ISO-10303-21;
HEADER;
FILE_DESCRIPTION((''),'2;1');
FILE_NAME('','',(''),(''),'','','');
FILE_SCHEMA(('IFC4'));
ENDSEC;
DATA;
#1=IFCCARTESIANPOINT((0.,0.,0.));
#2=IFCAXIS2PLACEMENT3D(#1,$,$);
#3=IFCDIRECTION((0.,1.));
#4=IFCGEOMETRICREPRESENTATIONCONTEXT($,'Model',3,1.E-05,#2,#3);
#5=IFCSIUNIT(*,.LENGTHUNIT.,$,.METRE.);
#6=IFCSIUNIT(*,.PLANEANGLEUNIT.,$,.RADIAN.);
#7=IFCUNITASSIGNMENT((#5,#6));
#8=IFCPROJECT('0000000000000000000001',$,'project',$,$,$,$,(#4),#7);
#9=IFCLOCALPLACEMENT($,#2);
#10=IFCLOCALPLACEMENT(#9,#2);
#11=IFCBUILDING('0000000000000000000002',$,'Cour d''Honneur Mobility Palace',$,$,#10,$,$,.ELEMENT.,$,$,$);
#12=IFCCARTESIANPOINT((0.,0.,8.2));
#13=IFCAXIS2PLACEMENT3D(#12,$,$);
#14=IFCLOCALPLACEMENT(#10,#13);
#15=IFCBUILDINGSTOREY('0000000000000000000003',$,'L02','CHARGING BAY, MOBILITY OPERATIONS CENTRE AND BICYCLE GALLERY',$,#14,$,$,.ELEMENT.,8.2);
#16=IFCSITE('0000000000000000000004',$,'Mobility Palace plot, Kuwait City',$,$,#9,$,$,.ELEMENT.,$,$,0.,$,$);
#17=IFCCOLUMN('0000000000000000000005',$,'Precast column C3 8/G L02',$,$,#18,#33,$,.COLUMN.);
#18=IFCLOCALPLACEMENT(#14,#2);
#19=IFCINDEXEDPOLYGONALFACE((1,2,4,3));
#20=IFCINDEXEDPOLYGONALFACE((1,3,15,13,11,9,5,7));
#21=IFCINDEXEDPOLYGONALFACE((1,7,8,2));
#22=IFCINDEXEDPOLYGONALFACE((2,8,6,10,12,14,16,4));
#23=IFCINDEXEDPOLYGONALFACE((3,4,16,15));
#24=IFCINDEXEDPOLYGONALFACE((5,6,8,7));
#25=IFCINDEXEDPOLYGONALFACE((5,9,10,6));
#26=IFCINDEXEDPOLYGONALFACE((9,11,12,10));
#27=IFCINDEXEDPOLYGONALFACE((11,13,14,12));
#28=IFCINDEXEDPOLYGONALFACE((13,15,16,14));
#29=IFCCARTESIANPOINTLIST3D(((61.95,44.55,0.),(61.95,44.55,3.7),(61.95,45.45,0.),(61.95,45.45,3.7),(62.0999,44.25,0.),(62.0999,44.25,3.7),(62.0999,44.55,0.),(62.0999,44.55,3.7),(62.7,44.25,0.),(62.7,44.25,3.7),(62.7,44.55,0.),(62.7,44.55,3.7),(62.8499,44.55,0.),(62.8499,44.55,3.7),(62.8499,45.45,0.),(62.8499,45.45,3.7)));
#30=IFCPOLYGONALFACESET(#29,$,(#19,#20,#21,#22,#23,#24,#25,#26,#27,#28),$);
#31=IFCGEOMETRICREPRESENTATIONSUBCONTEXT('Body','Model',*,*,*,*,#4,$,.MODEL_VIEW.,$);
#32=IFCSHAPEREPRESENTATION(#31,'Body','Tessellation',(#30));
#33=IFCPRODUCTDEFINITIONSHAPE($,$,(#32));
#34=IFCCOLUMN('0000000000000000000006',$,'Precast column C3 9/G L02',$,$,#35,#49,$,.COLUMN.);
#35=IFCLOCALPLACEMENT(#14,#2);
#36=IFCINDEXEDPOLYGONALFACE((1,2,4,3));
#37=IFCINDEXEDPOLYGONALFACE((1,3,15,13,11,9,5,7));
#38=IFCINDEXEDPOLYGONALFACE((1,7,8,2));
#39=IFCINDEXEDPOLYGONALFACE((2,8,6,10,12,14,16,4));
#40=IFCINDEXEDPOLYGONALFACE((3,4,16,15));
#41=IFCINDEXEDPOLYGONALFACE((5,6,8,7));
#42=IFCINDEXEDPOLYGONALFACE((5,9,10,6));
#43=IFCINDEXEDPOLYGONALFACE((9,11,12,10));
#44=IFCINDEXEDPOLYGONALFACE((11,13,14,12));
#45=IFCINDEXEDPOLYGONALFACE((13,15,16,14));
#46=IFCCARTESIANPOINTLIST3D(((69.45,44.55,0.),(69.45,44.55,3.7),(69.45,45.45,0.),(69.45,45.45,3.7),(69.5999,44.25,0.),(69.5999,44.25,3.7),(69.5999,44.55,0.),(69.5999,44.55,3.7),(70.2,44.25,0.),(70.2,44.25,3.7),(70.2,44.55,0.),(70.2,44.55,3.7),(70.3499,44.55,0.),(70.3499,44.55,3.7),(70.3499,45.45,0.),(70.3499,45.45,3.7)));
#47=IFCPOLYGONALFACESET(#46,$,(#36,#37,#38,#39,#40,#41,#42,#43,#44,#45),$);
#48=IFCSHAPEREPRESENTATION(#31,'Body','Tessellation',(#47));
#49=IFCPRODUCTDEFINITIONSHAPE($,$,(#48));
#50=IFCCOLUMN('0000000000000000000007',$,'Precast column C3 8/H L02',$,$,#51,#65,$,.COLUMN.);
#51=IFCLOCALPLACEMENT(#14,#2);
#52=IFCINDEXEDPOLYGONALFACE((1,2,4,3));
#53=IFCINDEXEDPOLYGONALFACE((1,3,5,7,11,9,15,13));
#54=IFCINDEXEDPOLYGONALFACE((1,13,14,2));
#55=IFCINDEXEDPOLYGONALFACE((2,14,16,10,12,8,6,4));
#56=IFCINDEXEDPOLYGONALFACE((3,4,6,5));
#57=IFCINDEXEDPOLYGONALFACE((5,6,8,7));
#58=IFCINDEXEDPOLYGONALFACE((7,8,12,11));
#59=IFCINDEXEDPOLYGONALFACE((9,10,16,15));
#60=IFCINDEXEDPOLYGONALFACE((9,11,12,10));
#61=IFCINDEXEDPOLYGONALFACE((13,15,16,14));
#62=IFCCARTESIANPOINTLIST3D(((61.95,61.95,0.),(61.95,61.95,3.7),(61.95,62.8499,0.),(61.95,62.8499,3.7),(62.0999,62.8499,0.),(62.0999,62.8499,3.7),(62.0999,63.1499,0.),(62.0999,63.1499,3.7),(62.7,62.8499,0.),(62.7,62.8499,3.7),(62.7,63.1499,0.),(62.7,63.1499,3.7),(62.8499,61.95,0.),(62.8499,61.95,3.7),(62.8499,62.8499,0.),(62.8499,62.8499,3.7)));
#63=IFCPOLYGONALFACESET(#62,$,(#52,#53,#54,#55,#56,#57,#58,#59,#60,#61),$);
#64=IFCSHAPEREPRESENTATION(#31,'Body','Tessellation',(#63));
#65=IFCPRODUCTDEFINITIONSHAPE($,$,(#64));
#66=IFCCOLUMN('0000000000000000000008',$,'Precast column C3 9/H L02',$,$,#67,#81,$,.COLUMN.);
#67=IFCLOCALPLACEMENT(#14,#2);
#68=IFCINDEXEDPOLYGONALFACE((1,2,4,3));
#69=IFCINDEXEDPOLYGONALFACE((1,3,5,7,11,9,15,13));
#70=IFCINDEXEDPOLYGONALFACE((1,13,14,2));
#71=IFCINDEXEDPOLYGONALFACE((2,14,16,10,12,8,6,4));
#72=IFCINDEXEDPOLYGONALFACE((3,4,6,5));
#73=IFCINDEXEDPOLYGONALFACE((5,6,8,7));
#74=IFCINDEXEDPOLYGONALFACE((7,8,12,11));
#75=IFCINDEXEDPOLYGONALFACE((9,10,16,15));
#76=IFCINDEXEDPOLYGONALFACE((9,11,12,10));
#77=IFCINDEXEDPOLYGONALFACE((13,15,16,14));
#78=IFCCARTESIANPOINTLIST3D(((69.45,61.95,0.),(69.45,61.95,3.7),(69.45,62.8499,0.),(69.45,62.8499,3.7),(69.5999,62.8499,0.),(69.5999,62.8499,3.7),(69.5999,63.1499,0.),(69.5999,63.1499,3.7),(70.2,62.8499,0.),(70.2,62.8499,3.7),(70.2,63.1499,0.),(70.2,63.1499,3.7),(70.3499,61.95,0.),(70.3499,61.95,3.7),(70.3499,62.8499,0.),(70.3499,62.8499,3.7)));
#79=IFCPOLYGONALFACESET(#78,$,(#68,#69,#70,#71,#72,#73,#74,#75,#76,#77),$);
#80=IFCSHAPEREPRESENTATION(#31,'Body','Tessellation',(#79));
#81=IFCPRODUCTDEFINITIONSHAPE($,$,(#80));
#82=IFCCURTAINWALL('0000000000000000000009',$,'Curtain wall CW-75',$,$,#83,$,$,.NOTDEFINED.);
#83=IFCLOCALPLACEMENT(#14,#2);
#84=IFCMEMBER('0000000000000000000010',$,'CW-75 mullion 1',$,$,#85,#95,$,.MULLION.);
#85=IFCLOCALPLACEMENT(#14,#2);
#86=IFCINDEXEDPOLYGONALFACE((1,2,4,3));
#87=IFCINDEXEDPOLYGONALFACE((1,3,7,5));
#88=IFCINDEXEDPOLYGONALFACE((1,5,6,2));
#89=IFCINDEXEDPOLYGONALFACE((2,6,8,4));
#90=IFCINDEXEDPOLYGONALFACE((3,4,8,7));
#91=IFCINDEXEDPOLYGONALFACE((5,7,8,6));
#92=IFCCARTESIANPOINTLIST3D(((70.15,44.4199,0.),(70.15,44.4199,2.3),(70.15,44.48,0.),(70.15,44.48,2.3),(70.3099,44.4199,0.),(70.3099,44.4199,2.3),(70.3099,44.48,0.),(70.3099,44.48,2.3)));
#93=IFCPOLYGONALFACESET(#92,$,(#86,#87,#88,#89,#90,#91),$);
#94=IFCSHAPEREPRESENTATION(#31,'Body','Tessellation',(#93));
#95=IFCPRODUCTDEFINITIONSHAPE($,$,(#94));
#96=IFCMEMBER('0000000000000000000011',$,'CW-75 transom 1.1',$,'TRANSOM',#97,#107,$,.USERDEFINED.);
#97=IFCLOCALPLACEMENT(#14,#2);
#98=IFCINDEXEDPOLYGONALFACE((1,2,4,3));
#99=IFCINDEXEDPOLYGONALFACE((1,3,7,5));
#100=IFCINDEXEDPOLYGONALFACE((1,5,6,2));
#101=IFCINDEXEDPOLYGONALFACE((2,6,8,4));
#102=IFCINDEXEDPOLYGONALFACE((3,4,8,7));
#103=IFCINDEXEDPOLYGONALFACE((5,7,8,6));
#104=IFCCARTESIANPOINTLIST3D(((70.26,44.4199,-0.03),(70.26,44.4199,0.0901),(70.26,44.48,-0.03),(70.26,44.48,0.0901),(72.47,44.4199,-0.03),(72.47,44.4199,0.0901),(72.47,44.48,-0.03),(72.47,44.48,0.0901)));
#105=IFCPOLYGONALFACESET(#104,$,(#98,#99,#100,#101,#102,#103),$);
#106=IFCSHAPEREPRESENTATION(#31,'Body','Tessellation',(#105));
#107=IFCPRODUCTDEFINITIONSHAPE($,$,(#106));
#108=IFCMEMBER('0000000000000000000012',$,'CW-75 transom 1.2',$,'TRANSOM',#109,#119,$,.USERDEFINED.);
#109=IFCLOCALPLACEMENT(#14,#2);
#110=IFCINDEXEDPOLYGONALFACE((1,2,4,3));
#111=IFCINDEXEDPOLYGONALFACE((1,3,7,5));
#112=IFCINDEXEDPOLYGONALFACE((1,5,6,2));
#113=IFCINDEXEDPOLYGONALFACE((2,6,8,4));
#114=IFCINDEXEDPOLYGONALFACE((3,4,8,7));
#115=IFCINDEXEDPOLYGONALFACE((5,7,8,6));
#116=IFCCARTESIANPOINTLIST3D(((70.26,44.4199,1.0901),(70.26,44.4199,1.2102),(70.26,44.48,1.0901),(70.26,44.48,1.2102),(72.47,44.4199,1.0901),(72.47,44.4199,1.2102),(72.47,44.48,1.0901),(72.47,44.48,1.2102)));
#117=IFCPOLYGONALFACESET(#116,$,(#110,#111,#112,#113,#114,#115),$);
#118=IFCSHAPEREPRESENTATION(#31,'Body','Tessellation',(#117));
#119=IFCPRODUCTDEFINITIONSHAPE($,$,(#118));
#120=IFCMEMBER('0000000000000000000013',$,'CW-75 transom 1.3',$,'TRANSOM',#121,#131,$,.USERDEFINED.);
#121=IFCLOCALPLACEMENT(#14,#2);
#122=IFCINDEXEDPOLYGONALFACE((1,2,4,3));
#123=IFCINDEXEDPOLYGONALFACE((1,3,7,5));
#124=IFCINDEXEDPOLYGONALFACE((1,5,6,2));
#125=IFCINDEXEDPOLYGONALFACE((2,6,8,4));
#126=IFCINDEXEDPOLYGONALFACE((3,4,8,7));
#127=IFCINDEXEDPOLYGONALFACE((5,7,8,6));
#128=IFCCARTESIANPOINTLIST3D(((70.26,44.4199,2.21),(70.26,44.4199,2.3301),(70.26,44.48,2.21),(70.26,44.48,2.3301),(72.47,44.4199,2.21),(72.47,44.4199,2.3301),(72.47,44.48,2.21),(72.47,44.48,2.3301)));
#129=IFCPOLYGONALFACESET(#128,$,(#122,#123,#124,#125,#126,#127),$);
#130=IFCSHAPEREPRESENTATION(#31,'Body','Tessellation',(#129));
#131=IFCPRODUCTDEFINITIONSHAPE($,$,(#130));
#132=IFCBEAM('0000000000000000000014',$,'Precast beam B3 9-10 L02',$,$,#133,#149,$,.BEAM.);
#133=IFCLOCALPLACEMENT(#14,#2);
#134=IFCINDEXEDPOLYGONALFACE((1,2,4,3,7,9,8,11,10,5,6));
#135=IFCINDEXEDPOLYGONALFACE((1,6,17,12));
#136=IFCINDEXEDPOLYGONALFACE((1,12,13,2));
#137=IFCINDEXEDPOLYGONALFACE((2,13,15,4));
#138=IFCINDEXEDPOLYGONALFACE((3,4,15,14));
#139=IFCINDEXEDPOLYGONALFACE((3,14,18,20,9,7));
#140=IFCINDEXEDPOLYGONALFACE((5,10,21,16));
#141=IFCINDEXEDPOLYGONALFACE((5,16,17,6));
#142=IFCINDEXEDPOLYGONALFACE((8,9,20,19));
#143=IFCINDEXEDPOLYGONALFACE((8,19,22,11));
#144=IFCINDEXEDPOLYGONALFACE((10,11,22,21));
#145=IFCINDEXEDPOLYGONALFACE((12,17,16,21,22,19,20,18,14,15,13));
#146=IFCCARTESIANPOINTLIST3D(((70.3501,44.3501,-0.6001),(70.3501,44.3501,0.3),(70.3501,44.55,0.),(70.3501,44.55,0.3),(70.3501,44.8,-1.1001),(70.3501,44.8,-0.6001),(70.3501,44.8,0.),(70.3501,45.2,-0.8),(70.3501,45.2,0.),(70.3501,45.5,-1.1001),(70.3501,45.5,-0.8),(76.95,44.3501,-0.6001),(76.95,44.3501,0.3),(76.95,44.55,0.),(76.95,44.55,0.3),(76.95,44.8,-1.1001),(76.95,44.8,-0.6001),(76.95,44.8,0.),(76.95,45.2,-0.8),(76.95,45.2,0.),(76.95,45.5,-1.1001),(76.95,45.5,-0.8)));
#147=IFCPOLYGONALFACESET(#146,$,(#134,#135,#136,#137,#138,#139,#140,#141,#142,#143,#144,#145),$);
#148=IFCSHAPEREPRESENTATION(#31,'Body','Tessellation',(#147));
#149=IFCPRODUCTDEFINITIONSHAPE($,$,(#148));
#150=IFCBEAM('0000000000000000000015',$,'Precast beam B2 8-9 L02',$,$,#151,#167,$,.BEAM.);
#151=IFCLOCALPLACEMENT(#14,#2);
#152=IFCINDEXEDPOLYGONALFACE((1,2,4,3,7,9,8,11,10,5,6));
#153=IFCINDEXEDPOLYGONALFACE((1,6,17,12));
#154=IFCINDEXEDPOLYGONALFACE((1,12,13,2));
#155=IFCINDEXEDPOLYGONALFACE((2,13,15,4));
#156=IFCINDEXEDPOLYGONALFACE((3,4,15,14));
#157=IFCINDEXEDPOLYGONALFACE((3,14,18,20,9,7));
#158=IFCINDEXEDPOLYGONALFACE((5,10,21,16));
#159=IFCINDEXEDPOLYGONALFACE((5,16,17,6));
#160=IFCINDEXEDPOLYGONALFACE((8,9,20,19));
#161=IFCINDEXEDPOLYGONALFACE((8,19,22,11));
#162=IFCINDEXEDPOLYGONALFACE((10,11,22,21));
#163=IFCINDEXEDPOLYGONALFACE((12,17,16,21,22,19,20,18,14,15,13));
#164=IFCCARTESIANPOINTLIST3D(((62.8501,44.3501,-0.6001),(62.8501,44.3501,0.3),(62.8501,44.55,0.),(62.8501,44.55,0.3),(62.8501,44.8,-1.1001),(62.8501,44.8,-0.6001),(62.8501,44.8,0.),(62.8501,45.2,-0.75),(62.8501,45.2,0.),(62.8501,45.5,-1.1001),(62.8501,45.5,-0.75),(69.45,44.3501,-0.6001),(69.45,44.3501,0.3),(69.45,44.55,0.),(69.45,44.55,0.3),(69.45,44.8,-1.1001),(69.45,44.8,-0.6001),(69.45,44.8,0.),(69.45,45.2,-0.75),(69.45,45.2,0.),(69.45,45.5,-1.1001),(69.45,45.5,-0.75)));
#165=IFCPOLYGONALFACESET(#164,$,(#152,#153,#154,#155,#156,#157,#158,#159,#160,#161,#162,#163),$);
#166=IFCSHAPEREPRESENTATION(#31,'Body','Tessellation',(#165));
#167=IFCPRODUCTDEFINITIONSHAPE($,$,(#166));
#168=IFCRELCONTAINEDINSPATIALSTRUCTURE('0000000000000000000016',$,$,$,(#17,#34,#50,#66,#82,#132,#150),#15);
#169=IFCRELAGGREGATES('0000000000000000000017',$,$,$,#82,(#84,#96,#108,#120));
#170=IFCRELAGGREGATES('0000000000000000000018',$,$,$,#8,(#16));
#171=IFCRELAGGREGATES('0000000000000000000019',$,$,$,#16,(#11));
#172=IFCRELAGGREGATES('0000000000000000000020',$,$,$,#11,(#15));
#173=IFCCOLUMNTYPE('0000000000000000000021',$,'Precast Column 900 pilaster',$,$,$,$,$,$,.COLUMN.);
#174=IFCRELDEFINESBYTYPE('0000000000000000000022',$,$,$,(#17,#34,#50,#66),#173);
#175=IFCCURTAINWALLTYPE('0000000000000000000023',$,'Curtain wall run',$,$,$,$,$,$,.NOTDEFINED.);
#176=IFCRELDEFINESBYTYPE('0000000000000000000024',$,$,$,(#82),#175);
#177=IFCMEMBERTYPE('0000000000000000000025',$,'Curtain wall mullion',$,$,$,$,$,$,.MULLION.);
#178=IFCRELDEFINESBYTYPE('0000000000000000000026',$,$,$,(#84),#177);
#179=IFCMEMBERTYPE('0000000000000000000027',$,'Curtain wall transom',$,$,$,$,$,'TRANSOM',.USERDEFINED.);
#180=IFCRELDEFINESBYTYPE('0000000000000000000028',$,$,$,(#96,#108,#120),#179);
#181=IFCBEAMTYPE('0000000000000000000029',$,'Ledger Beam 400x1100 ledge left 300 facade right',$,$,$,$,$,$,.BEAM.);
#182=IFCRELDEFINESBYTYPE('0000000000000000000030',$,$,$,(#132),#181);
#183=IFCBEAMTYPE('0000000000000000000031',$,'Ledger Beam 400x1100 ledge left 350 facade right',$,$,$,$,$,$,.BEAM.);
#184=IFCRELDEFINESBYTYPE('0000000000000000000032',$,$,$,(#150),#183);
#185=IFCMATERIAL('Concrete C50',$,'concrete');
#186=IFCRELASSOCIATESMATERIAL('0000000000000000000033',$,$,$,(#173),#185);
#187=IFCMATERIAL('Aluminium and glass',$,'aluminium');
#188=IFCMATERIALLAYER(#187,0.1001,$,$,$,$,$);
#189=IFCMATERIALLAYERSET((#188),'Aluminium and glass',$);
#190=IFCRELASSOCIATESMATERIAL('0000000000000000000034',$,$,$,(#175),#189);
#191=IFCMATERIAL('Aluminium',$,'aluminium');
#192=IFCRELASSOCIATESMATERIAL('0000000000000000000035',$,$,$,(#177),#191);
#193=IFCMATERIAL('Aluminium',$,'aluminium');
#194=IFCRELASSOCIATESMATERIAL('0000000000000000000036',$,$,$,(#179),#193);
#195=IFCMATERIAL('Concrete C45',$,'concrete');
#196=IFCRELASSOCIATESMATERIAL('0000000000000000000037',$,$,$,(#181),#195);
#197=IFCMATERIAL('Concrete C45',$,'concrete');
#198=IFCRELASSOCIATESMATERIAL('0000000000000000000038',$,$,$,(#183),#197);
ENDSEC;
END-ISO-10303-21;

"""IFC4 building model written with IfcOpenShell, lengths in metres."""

from ifc_helpers import new_model, si_unit, direction, frame, origin, origin_2d, place, context, subcontext, project, spatial, polyline, rectangle, outline, extrude, material, layer, layer_set, material_profile, profile_set, type_object, element, aggregate, save


model = new_model("IFC4")

# Units and contexts
model_context = context("Model", 3, precision=1e-05, world=origin(), true_north=direction((0.0, 1.0)))
body_context = subcontext(model_context, "Body", "Model", "MODEL_VIEW")
ifc_project = project(units=[si_unit("LENGTHUNIT", "METRE"), si_unit("PLANEANGLEUNIT", "RADIAN")], contexts=[model_context])

# Site, building, storey
site_placement = place(None, origin())
site = spatial("IfcSite", under=ifc_project, at=site_placement, Name="Mobility Palace plot, Kuwait City", CompositionType="ELEMENT", RefElevation=0.0)
building_placement = place(site_placement, origin())
building = spatial("IfcBuilding", under=site, at=building_placement, Name="Cour d'Honneur Mobility Palace", CompositionType="ELEMENT")
storey_placement = place(building_placement, frame((0.0, 0.0, 8.2)))
storey = spatial("IfcBuildingStorey", under=building, at=storey_placement, Name="L02", Description="CHARGING BAY, MOBILITY OPERATIONS CENTRE AND BICYCLE GALLERY", CompositionType="ELEMENT", Elevation=8.2)

# Columns
ifc_material_1 = material(Name="Concrete C50", Category="concrete")
ifc_material_profile_1 = material_profile(ifc_material_1, outline(polyline([(-0.45, -0.45), (0.45, -0.45), (0.45, -0.3), (0.75, -0.3), (0.75, 0.3), (0.45, 0.3), (0.45, 0.45), (-0.45, 0.45), (-0.45, -0.45)])), Name="PC C900 pilaster")
ifc_profile_set_1 = profile_set([ifc_material_profile_1], Name="Concrete C50")
column_type = type_object("IfcColumnType", Name="Precast Column 900 pilaster", PredefinedType="COLUMN", material=ifc_profile_set_1)
for number, where, z_axis, x_axis, name in (
    (1, (62.3999, 45.0, 0.0), (0.0, 0.0, 1.0), (0.0, -1.0, 0.0), "Precast column C3 8/G L02"),
    (2, (69.8999, 45.0, 0.0), (0.0, 0.0, 1.0), (0.0, -1.0, 0.0), "Precast column C3 9/G L02"),
    (3, (62.3999, 62.3999, 0.0), (0.0, 0.0, 1.0), (0.0, 1.0, 0.0), "Precast column C3 8/H L02"),
    (4, (69.8999, 62.3999, 0.0), (0.0, 0.0, 1.0), (0.0, 1.0, 0.0), "Precast column C3 9/H L02"),
):
    element("IfcColumn", number, at=place(storey_placement, frame(where, z_axis=z_axis, x_axis=x_axis)), inside=storey, type_object=column_type, Name=name, PredefinedType="COLUMN", context=body_context, shape_type="SweptSolid", body=[
        extrude(outline(polyline([(-0.45, -0.45), (0.45, -0.45), (0.45, -0.3), (0.75, -0.3), (0.75, 0.3), (0.45, 0.3), (0.45, 0.45), (-0.45, 0.45), (-0.45, -0.45)])), origin(), (0.0, 0.0, 1.0), 3.7),
    ])

# Curtain wall, members
ifc_material_2 = material(Name="Aluminium and glass", Category="aluminium")
ifc_layer_1 = layer(ifc_material_2, 0.1001)
ifc_layer_set_1 = layer_set([ifc_layer_1], Name="Aluminium and glass")
curtain_wall_type = type_object("IfcCurtainWallType", Name="Curtain wall run", PredefinedType="NOTDEFINED", material=ifc_layer_set_1)
curtain_wall_placement = place(storey_placement, origin())
curtain_wall = element("IfcCurtainWall", 5, at=curtain_wall_placement, inside=storey, type_object=curtain_wall_type, Name="Curtain wall CW-75", PredefinedType="NOTDEFINED")
ifc_material_3 = material(Name="Aluminium", Category="aluminium")
ifc_material_profile_2 = material_profile(ifc_material_3, rectangle(XDim=0.0601, YDim=0.1599, at=origin_2d()), Name="Curtain wall mullion")
ifc_profile_set_2 = profile_set([ifc_material_profile_2], Name="Aluminium")
member_type_1 = type_object("IfcMemberType", Name="Curtain wall mullion", PredefinedType="MULLION", material=ifc_profile_set_2)
member_1_placement = place(storey_placement, frame((70.23, 44.45, 0.0), z_axis=(0.0, 0.0, 1.0), x_axis=(0.0, 1.0, 0.0)))
member_1 = element("IfcMember", 6, at=member_1_placement, type_object=member_type_1, Name="CW-75 mullion 1", PredefinedType="MULLION", context=body_context, shape_type="SweptSolid", body=[
    extrude(rectangle(XDim=0.0601, YDim=0.1599, at=origin_2d()), origin(), (0.0, 0.0, 1.0), 2.3),
])
ifc_material_4 = material(Name="Aluminium", Category="aluminium")
ifc_material_profile_3 = material_profile(ifc_material_4, rectangle(XDim=0.0601, YDim=0.1201, at=origin_2d()), Name="Curtain wall transom")
ifc_profile_set_3 = profile_set([ifc_material_profile_3], Name="Aluminium")
member_type_2 = type_object("IfcMemberType", Name="Curtain wall transom", ElementType="TRANSOM", PredefinedType="USERDEFINED", material=ifc_profile_set_3)
member_2_placement = place(storey_placement, frame((70.26, 44.45, 0.03), z_axis=(1.0, 0.0, 0.0), x_axis=(0.0, 1.0, 0.0)))
member_2 = element("IfcMember", 7, at=member_2_placement, type_object=member_type_2, Name="CW-75 transom 1.1", ObjectType="TRANSOM", PredefinedType="USERDEFINED", context=body_context, shape_type="SweptSolid", body=[
    extrude(rectangle(XDim=0.0601, YDim=0.1201, at=origin_2d()), origin(), (0.0, 0.0, 1.0), 2.21),
])
member_3_placement = place(storey_placement, frame((70.26, 44.45, 1.1501), z_axis=(1.0, 0.0, 0.0), x_axis=(0.0, 1.0, 0.0)))
member_3 = element("IfcMember", 8, at=member_3_placement, type_object=member_type_2, Name="CW-75 transom 1.2", ObjectType="TRANSOM", PredefinedType="USERDEFINED", context=body_context, shape_type="SweptSolid", body=[
    extrude(rectangle(XDim=0.0601, YDim=0.1201, at=origin_2d()), origin(), (0.0, 0.0, 1.0), 2.21),
])
member_4_placement = place(storey_placement, frame((70.26, 44.45, 2.27), z_axis=(1.0, 0.0, 0.0), x_axis=(0.0, 1.0, 0.0)))
member_4 = element("IfcMember", 9, at=member_4_placement, type_object=member_type_2, Name="CW-75 transom 1.3", ObjectType="TRANSOM", PredefinedType="USERDEFINED", context=body_context, shape_type="SweptSolid", body=[
    extrude(rectangle(XDim=0.0601, YDim=0.1201, at=origin_2d()), origin(), (0.0, 0.0, 1.0), 2.21),
])

# Beams
ifc_material_5 = material(Name="Concrete C45", Category="concrete")
ifc_material_profile_4 = material_profile(ifc_material_5, outline(polyline([(0.5, -1.1001), (0.5, -0.8), (0.2, -0.8), (0.2, 0.0), (-0.2, 0.0), (-0.45, 0.0), (-0.45, 0.3), (-0.6499, 0.3), (-0.6499, -0.6001), (-0.2, -0.6001), (-0.2, -1.1001), (0.5, -1.1001)])), Name="Ledger Beam 400x1100 ledge left 300 facade right")
ifc_profile_set_4 = profile_set([ifc_material_profile_4], Name="Concrete C45")
beam_type_1 = type_object("IfcBeamType", Name="Ledger Beam 400x1100 ledge left 300 facade right", PredefinedType="BEAM", material=ifc_profile_set_4)
beam_1_placement = place(storey_placement, frame((70.3501, 45.0, 0.0), z_axis=(1.0, 0.0, 0.0), x_axis=(0.0, 1.0, 0.0)))
element("IfcBeam", 10, at=beam_1_placement, inside=storey, type_object=beam_type_1, Name="Precast beam B3 9-10 L02", PredefinedType="BEAM", context=body_context, shape_type="SweptSolid", body=[
    extrude(outline(polyline([(0.5, -1.1001), (0.5, -0.8), (0.2, -0.8), (0.2, 0.0), (-0.2, 0.0), (-0.45, 0.0), (-0.45, 0.3), (-0.6499, 0.3), (-0.6499, -0.6001), (-0.2, -0.6001), (-0.2, -1.1001), (0.5, -1.1001)])), origin(), (0.0, 0.0, 1.0), 6.5999),
])
ifc_material_6 = material(Name="Concrete C45", Category="concrete")
ifc_material_profile_5 = material_profile(ifc_material_6, outline(polyline([(0.5, -1.1001), (0.5, -0.75), (0.2, -0.75), (0.2, 0.0), (-0.2, 0.0), (-0.45, 0.0), (-0.45, 0.3), (-0.6499, 0.3), (-0.6499, -0.6001), (-0.2, -0.6001), (-0.2, -1.1001), (0.5, -1.1001)])), Name="Ledger Beam 400x1100 ledge left 350 facade right")
ifc_profile_set_5 = profile_set([ifc_material_profile_5], Name="Concrete C45")
beam_type_2 = type_object("IfcBeamType", Name="Ledger Beam 400x1100 ledge left 350 facade right", PredefinedType="BEAM", material=ifc_profile_set_5)
beam_2_placement = place(storey_placement, frame((62.8501, 45.0, 0.0), z_axis=(1.0, 0.0, 0.0), x_axis=(0.0, 1.0, 0.0)))
element("IfcBeam", 11, at=beam_2_placement, inside=storey, type_object=beam_type_2, Name="Precast beam B2 8-9 L02", PredefinedType="BEAM", context=body_context, shape_type="SweptSolid", body=[
    extrude(outline(polyline([(0.5, -1.1001), (0.5, -0.75), (0.2, -0.75), (0.2, 0.0), (-0.2, 0.0), (-0.45, 0.0), (-0.45, 0.3), (-0.6499, 0.3), (-0.6499, -0.6001), (-0.2, -0.6001), (-0.2, -1.1001), (0.5, -1.1001)])), origin(), (0.0, 0.0, 1.0), 6.5999),
])

aggregate(curtain_wall, [member_1, member_2, member_3, member_4])

save(model, "model.ifc")
